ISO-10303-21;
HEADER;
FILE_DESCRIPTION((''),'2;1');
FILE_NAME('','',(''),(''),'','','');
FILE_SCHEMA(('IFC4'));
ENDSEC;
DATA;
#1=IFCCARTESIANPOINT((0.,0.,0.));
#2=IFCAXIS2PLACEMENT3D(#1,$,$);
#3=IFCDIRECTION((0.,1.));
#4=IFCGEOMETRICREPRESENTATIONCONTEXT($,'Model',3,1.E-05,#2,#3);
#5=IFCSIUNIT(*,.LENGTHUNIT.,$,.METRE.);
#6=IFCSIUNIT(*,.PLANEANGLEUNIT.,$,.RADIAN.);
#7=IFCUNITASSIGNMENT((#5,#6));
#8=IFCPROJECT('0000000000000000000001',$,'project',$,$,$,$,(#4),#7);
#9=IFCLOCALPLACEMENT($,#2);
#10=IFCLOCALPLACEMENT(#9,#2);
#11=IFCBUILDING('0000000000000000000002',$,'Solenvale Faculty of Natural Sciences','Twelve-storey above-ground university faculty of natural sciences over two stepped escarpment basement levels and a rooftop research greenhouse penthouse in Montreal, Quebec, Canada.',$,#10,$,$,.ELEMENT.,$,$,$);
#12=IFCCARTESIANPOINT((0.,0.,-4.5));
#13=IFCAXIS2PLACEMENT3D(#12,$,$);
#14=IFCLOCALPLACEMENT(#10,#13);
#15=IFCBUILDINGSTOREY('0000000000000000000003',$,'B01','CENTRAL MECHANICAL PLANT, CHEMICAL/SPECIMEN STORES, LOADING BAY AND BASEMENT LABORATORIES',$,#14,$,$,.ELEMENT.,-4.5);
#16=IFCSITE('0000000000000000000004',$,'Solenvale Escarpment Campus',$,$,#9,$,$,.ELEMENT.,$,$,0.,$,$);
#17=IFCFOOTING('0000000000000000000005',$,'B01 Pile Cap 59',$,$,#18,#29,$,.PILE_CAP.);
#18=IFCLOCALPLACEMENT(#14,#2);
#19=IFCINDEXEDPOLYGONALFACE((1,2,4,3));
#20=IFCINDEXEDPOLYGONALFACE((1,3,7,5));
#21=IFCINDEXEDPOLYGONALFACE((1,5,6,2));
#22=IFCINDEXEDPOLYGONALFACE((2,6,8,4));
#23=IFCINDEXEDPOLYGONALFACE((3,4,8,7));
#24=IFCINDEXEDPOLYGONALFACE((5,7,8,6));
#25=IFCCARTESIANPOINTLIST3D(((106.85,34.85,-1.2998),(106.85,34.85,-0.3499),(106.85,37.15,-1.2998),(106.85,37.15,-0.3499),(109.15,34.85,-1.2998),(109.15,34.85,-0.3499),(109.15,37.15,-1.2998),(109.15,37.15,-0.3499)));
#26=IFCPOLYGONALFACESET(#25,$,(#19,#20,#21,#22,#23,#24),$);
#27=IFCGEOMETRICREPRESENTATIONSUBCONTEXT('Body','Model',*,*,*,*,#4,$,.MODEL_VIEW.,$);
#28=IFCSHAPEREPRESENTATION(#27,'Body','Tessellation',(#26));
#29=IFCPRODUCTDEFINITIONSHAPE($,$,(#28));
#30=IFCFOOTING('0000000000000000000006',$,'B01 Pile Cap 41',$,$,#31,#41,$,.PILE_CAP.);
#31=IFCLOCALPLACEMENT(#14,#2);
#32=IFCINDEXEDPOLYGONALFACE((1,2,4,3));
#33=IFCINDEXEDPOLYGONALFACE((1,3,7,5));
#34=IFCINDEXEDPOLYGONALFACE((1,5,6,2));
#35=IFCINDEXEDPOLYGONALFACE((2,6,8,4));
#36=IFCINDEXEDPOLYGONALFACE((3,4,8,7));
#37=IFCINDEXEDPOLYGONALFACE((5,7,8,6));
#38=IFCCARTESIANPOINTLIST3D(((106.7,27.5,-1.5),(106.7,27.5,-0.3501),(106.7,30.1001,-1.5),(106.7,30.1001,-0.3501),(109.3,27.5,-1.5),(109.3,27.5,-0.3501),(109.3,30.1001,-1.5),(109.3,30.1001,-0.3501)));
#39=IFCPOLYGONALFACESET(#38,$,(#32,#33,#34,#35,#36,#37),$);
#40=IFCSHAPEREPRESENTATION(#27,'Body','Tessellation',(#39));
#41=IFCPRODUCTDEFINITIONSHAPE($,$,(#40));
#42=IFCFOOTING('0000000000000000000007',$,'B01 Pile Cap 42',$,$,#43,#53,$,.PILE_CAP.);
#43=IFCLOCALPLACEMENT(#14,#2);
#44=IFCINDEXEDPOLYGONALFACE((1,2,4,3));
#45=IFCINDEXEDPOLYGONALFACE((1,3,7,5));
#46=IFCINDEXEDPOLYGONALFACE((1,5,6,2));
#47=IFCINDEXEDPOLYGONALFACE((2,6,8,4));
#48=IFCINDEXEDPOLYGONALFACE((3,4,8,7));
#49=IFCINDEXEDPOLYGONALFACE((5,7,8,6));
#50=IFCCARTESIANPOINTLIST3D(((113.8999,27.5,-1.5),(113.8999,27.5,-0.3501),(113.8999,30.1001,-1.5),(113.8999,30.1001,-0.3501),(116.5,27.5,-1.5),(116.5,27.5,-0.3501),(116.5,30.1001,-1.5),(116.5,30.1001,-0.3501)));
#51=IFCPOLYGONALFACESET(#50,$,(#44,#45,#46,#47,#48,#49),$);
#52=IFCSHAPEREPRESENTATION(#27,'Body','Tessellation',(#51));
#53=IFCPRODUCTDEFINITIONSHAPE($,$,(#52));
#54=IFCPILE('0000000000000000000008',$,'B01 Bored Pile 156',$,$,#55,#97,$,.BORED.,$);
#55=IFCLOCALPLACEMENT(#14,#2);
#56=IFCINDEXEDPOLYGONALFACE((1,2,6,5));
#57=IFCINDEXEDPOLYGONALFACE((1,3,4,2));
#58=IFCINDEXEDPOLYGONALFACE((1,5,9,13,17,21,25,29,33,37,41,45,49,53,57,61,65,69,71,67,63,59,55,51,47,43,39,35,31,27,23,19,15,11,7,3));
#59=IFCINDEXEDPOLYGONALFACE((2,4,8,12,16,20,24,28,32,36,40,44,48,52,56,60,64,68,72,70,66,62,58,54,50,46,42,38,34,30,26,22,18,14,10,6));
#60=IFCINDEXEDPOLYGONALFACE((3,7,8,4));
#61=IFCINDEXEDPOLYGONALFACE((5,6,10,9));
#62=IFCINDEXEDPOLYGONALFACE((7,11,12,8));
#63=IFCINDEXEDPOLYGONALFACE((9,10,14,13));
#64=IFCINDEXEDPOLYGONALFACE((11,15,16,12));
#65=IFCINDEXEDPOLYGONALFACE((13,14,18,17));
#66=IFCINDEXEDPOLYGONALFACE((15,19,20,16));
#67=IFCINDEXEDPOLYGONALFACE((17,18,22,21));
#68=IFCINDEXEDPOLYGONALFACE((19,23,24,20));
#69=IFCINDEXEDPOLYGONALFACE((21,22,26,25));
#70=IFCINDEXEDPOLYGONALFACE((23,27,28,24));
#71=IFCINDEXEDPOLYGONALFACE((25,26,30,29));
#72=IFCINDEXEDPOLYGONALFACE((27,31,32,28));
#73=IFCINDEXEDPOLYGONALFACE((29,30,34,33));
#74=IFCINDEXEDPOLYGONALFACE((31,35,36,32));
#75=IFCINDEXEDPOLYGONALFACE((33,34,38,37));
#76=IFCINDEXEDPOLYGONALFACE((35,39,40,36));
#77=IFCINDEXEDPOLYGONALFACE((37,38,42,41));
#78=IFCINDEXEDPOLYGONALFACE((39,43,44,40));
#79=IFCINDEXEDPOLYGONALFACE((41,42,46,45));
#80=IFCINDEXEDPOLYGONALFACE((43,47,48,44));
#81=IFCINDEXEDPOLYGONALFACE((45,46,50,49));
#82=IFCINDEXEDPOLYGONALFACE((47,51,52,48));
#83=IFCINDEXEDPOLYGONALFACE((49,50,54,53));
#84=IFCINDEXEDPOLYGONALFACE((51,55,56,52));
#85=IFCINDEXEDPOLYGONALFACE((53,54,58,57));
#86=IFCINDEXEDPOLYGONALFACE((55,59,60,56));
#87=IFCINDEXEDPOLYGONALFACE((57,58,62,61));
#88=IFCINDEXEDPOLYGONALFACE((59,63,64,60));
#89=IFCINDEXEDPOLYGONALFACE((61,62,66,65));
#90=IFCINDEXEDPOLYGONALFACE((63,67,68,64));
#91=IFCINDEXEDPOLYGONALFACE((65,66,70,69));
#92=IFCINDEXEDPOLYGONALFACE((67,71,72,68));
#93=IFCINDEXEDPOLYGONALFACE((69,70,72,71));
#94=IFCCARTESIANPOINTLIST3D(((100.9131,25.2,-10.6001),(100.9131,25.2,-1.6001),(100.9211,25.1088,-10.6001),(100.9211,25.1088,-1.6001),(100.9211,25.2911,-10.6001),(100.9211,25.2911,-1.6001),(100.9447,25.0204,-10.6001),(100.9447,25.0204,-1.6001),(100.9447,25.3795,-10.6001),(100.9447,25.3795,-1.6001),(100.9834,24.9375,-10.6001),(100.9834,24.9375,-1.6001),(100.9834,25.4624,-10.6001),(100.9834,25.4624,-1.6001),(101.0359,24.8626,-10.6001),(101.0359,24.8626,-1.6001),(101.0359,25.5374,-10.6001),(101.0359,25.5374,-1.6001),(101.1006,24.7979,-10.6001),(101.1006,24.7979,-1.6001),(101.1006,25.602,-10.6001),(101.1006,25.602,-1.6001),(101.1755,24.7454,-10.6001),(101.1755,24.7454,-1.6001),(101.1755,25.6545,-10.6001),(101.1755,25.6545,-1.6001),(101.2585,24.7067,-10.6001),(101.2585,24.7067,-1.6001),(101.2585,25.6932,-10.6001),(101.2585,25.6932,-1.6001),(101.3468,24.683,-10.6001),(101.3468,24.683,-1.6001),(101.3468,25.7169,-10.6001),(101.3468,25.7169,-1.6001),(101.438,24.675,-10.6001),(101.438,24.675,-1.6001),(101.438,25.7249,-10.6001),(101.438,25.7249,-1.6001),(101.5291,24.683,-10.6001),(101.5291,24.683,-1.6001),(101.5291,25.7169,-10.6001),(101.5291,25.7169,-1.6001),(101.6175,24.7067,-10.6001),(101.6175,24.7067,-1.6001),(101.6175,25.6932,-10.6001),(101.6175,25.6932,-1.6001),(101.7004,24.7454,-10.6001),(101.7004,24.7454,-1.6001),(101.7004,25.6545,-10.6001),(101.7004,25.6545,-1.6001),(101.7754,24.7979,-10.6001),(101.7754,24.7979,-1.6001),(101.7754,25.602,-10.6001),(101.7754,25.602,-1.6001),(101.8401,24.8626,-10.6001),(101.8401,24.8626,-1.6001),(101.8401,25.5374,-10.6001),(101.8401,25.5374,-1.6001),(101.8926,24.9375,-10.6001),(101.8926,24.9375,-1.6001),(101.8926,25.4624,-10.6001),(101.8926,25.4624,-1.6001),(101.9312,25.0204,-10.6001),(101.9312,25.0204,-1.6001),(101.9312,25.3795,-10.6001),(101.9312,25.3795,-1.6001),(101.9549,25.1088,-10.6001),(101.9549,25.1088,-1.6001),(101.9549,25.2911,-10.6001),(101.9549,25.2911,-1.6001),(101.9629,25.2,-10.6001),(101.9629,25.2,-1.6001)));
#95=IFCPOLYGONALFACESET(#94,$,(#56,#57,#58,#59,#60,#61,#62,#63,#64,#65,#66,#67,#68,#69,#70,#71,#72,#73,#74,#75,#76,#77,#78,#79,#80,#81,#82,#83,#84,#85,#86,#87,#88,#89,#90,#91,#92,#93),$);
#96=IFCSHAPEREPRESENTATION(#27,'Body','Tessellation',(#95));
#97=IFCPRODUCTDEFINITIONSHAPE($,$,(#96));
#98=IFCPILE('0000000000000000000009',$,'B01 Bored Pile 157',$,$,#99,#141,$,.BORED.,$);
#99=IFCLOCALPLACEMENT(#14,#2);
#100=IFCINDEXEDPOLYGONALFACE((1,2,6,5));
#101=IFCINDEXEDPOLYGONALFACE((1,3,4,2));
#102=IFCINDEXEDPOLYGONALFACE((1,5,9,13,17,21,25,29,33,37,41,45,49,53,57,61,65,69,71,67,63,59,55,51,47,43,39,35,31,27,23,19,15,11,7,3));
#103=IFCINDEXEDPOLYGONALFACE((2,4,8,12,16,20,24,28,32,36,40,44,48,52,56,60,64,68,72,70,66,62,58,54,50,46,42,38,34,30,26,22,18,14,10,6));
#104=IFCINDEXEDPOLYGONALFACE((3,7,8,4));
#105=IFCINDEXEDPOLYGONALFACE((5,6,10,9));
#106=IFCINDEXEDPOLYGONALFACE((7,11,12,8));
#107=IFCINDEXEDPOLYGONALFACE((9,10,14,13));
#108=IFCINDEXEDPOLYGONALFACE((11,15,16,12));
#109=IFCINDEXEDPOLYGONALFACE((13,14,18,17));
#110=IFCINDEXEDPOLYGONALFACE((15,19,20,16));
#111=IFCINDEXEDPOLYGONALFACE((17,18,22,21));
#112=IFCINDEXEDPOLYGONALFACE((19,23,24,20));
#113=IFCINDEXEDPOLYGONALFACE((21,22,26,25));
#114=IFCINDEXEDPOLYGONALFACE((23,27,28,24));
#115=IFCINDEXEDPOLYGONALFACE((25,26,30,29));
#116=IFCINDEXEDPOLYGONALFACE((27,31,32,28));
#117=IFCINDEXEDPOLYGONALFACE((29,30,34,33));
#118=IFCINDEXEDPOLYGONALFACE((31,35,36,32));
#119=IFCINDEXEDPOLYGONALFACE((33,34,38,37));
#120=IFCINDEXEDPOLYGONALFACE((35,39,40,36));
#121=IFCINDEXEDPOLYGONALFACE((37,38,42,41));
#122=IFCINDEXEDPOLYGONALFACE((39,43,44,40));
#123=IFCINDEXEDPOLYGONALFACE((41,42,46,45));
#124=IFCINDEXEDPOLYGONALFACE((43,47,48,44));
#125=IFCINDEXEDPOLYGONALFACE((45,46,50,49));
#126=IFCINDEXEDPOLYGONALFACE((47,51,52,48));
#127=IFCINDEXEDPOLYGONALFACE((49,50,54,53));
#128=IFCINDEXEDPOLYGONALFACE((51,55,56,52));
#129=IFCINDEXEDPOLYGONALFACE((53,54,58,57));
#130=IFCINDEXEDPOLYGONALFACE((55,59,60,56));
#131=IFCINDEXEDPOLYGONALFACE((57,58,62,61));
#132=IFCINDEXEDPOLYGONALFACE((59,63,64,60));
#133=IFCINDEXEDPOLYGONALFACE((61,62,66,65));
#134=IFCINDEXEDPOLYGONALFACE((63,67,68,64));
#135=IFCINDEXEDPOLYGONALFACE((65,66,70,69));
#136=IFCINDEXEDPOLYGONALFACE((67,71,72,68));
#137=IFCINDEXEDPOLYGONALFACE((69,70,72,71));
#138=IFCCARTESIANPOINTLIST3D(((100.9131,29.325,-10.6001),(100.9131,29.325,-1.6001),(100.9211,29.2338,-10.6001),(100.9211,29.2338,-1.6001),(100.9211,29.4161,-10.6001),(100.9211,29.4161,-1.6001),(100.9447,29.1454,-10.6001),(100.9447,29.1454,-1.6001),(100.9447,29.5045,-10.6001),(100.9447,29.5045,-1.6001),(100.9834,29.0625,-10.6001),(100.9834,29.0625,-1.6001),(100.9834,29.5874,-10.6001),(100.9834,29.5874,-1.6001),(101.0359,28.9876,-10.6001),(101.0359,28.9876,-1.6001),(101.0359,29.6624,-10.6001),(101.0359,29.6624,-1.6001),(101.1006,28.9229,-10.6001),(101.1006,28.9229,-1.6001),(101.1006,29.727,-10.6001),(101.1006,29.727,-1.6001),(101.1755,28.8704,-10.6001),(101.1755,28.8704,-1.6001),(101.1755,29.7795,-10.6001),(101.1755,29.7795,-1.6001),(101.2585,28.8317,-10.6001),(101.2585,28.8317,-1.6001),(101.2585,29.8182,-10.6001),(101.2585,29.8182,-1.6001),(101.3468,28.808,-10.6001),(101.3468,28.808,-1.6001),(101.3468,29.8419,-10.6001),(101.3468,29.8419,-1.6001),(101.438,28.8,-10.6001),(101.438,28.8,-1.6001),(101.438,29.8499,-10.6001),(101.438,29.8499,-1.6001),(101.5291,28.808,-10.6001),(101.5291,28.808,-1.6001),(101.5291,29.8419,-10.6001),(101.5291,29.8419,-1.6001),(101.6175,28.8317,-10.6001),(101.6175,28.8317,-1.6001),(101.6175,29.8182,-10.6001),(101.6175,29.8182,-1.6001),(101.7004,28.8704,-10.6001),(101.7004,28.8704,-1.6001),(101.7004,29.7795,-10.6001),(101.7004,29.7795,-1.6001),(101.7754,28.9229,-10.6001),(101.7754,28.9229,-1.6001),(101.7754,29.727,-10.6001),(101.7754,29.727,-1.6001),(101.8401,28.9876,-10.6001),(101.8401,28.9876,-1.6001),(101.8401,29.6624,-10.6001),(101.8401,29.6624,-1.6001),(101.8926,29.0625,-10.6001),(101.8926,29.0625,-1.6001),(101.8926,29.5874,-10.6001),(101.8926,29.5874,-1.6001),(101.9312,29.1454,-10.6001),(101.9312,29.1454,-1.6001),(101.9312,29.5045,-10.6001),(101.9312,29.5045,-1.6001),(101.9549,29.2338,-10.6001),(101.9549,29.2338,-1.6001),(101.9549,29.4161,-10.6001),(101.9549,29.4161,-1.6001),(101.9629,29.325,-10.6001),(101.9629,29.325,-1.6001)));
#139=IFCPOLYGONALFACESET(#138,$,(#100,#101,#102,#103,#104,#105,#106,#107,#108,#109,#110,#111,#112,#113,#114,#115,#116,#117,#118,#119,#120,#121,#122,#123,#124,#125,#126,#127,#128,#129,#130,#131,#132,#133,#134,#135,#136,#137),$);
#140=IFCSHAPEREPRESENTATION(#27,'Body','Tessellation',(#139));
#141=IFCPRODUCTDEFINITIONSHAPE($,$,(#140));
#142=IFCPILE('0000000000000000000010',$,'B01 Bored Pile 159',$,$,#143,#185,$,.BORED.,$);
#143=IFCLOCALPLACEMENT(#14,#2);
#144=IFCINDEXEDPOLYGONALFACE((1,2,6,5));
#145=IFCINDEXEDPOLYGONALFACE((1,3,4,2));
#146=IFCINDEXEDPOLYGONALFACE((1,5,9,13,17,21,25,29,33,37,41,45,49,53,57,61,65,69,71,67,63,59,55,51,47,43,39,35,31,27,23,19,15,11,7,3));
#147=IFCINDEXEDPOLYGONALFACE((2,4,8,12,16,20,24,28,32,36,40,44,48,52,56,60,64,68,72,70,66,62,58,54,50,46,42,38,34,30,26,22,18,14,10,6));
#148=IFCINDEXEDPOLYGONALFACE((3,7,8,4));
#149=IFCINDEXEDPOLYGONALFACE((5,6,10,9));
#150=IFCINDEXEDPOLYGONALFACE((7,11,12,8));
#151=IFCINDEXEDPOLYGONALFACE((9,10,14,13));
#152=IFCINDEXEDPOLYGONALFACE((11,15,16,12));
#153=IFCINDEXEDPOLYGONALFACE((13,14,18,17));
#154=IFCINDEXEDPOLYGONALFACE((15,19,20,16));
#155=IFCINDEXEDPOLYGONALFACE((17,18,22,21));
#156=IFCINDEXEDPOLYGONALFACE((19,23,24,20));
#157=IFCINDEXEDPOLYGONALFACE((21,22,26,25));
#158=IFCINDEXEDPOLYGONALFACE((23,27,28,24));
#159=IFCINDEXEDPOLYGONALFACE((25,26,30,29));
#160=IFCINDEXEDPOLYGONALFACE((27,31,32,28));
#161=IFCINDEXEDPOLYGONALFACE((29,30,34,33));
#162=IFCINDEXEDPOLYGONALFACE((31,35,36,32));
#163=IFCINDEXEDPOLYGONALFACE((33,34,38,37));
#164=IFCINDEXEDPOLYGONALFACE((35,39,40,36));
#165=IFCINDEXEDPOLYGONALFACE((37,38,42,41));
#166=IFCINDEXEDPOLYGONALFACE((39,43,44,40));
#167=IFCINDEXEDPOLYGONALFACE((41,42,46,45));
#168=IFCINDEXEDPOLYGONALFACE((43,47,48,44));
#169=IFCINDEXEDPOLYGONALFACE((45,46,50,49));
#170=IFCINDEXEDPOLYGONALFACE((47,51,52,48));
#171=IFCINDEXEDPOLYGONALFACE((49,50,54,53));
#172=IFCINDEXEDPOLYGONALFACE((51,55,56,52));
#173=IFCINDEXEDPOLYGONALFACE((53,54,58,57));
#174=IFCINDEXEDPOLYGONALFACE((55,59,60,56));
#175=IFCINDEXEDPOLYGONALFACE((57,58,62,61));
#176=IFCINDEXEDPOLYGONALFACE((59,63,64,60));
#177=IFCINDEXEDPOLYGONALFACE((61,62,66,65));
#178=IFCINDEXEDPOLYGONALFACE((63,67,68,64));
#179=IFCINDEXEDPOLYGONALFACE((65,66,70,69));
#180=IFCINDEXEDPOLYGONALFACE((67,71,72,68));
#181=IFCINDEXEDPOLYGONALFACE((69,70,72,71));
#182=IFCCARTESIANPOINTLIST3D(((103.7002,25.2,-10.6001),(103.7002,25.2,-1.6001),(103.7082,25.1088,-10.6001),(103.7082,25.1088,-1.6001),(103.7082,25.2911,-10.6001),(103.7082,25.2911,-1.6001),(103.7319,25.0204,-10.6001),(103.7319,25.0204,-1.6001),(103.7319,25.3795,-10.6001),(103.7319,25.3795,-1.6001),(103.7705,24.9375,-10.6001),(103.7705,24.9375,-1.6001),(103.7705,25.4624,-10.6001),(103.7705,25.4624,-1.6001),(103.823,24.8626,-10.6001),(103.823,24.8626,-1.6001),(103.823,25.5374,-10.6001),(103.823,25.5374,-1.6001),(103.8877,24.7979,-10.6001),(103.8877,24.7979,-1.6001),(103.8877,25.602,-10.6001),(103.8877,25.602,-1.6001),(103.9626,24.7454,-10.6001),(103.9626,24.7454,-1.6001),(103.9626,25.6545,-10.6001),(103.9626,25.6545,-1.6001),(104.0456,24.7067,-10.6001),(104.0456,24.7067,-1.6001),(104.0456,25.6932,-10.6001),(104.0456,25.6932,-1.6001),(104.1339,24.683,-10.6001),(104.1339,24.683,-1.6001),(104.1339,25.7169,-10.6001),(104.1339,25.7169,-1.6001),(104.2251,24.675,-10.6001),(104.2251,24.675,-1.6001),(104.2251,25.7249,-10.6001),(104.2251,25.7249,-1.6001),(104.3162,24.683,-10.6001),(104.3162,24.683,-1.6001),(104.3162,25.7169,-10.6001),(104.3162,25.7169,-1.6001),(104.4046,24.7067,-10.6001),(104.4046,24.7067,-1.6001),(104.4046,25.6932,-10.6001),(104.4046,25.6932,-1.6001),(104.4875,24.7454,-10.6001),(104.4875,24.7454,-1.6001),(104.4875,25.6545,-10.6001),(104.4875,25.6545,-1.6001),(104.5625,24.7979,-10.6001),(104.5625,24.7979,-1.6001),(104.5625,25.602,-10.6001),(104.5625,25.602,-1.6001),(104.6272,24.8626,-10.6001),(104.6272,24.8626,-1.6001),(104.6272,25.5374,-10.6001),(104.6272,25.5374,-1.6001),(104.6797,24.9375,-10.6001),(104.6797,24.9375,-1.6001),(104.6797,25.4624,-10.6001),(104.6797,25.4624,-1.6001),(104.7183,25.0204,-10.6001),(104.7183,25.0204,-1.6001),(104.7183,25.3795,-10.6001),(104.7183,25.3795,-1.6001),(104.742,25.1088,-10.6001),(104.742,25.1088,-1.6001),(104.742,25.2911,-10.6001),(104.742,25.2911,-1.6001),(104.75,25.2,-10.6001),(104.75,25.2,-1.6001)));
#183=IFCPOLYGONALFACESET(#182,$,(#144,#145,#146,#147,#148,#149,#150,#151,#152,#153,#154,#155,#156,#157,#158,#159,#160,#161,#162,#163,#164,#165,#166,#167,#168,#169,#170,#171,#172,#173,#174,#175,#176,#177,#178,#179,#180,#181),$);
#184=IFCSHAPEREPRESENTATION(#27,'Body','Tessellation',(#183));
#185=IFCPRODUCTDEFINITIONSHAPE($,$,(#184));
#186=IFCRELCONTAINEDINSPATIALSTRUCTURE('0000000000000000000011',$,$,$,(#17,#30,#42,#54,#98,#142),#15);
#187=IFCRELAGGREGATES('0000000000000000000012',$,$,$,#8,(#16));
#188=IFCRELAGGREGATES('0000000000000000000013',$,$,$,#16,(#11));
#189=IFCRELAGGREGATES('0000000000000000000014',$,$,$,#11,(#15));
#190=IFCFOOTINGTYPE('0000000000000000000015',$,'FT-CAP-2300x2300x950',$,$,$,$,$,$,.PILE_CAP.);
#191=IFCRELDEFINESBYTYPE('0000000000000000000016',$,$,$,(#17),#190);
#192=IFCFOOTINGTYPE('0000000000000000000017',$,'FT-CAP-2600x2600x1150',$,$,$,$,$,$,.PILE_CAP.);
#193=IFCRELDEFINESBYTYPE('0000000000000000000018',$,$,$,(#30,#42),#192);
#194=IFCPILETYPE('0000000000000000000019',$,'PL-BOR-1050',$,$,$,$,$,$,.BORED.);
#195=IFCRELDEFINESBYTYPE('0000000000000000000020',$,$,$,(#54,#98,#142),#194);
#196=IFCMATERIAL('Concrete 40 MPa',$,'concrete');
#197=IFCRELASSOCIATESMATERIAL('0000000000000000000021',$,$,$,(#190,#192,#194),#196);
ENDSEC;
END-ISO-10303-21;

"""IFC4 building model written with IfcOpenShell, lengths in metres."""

from ifc_helpers import new_model, si_unit, direction, frame, origin, origin_2d, place, context, subcontext, project, spatial, rectangle, circle, extrude, material, material_profile, profile_set, type_object, element, save


model = new_model("IFC4")

# Units and contexts
model_context = context("Model", 3, precision=1e-05, world=origin(), true_north=direction((0.0, 1.0)))
body_context = subcontext(model_context, "Body", "Model", "MODEL_VIEW")
ifc_project = project(units=[si_unit("LENGTHUNIT", "METRE"), si_unit("PLANEANGLEUNIT", "RADIAN")], contexts=[model_context])

# Site, building, storey
site_placement = place(None, origin())
site = spatial("IfcSite", under=ifc_project, at=site_placement, Name="Solenvale Escarpment Campus", CompositionType="ELEMENT", RefElevation=0.0)
building_placement = place(site_placement, origin())
building = spatial("IfcBuilding", under=site, at=building_placement, Name="Solenvale Faculty of Natural Sciences", Description="Twelve-storey above-ground university faculty of natural sciences over two stepped escarpment basement levels and a rooftop research greenhouse penthouse in Montreal, Quebec, Canada.", CompositionType="ELEMENT")
storey_placement = place(building_placement, frame((0.0, 0.0, -4.5)))
storey = spatial("IfcBuildingStorey", under=building, at=storey_placement, Name="B01", Description="CENTRAL MECHANICAL PLANT, CHEMICAL/SPECIMEN STORES, LOADING BAY AND BASEMENT LABORATORIES", CompositionType="ELEMENT", Elevation=-4.5)

# Footings
ifc_material_1 = material(Name="Concrete 40 MPa", Category="concrete")
footing_type_1 = type_object("IfcFootingType", Name="FT-CAP-2300x2300x950", PredefinedType="PILE_CAP", material=ifc_material_1)
footing_placement = place(storey_placement, frame((108.0, 36.0, -1.2998), z_axis=(0.0, 0.0, 1.0), x_axis=(1.0, 0.0, 0.0)))
element("IfcFooting", 1, at=footing_placement, inside=storey, type_object=footing_type_1, Name="B01 Pile Cap 59", PredefinedType="PILE_CAP", context=body_context, shape_type="SweptSolid", body=[
    extrude(rectangle(XDim=2.3, YDim=2.3, at=origin_2d()), origin(), (0.0, 0.0, 1.0), 0.95),
])
footing_type_2 = type_object("IfcFootingType", Name="FT-CAP-2600x2600x1150", PredefinedType="PILE_CAP", material=ifc_material_1)
for number, where, z_axis, x_axis, name in (
    (2, (108.0, 28.8, -1.5), (0.0, 0.0, 1.0), (1.0, 0.0, 0.0), "B01 Pile Cap 41"),
    (3, (115.2, 28.8, -1.5), (0.0, 0.0, 1.0), (1.0, 0.0, 0.0), "B01 Pile Cap 42"),
):
    element("IfcFooting", number, at=place(storey_placement, frame(where, z_axis=z_axis, x_axis=x_axis)), inside=storey, type_object=footing_type_2, Name=name, PredefinedType="PILE_CAP", context=body_context, shape_type="SweptSolid", body=[
        extrude(rectangle(XDim=2.6001, YDim=2.6001, at=origin_2d()), origin(), (0.0, 0.0, 1.0), 1.1499),
    ])

# Piles
ifc_material_profile_1 = material_profile(ifc_material_1, circle(Radius=0.5249, at=origin_2d()), Name="PILE-D1050")
ifc_profile_set_1 = profile_set([ifc_material_profile_1], Name="Concrete 40 MPa")
pile_type_1 = type_object("IfcPileType", Name="PL-BOR-1050", PredefinedType="BORED", material=ifc_profile_set_1)
for number, where, z_axis, x_axis, name in (
    (4, (101.438, 25.2, -1.6001), (0.0, 0.0, -1.0), (1.0, 0.0, 0.0), "B01 Bored Pile 156"),
    (5, (101.438, 29.325, -1.6001), (0.0, 0.0, -1.0), (1.0, 0.0, 0.0), "B01 Bored Pile 157"),
    (6, (104.2251, 25.2, -1.6001), (0.0, 0.0, -1.0), (1.0, 0.0, 0.0), "B01 Bored Pile 159"),
):
    element("IfcPile", number, at=place(storey_placement, frame(where, z_axis=z_axis, x_axis=x_axis)), inside=storey, type_object=pile_type_1, Name=name, PredefinedType="BORED", context=body_context, shape_type="SweptSolid", body=[
        extrude(circle(Radius=0.5249, at=origin_2d()), origin(), (0.0, 0.0, 1.0), 9.0),
    ])

save(model, "model.ifc")
